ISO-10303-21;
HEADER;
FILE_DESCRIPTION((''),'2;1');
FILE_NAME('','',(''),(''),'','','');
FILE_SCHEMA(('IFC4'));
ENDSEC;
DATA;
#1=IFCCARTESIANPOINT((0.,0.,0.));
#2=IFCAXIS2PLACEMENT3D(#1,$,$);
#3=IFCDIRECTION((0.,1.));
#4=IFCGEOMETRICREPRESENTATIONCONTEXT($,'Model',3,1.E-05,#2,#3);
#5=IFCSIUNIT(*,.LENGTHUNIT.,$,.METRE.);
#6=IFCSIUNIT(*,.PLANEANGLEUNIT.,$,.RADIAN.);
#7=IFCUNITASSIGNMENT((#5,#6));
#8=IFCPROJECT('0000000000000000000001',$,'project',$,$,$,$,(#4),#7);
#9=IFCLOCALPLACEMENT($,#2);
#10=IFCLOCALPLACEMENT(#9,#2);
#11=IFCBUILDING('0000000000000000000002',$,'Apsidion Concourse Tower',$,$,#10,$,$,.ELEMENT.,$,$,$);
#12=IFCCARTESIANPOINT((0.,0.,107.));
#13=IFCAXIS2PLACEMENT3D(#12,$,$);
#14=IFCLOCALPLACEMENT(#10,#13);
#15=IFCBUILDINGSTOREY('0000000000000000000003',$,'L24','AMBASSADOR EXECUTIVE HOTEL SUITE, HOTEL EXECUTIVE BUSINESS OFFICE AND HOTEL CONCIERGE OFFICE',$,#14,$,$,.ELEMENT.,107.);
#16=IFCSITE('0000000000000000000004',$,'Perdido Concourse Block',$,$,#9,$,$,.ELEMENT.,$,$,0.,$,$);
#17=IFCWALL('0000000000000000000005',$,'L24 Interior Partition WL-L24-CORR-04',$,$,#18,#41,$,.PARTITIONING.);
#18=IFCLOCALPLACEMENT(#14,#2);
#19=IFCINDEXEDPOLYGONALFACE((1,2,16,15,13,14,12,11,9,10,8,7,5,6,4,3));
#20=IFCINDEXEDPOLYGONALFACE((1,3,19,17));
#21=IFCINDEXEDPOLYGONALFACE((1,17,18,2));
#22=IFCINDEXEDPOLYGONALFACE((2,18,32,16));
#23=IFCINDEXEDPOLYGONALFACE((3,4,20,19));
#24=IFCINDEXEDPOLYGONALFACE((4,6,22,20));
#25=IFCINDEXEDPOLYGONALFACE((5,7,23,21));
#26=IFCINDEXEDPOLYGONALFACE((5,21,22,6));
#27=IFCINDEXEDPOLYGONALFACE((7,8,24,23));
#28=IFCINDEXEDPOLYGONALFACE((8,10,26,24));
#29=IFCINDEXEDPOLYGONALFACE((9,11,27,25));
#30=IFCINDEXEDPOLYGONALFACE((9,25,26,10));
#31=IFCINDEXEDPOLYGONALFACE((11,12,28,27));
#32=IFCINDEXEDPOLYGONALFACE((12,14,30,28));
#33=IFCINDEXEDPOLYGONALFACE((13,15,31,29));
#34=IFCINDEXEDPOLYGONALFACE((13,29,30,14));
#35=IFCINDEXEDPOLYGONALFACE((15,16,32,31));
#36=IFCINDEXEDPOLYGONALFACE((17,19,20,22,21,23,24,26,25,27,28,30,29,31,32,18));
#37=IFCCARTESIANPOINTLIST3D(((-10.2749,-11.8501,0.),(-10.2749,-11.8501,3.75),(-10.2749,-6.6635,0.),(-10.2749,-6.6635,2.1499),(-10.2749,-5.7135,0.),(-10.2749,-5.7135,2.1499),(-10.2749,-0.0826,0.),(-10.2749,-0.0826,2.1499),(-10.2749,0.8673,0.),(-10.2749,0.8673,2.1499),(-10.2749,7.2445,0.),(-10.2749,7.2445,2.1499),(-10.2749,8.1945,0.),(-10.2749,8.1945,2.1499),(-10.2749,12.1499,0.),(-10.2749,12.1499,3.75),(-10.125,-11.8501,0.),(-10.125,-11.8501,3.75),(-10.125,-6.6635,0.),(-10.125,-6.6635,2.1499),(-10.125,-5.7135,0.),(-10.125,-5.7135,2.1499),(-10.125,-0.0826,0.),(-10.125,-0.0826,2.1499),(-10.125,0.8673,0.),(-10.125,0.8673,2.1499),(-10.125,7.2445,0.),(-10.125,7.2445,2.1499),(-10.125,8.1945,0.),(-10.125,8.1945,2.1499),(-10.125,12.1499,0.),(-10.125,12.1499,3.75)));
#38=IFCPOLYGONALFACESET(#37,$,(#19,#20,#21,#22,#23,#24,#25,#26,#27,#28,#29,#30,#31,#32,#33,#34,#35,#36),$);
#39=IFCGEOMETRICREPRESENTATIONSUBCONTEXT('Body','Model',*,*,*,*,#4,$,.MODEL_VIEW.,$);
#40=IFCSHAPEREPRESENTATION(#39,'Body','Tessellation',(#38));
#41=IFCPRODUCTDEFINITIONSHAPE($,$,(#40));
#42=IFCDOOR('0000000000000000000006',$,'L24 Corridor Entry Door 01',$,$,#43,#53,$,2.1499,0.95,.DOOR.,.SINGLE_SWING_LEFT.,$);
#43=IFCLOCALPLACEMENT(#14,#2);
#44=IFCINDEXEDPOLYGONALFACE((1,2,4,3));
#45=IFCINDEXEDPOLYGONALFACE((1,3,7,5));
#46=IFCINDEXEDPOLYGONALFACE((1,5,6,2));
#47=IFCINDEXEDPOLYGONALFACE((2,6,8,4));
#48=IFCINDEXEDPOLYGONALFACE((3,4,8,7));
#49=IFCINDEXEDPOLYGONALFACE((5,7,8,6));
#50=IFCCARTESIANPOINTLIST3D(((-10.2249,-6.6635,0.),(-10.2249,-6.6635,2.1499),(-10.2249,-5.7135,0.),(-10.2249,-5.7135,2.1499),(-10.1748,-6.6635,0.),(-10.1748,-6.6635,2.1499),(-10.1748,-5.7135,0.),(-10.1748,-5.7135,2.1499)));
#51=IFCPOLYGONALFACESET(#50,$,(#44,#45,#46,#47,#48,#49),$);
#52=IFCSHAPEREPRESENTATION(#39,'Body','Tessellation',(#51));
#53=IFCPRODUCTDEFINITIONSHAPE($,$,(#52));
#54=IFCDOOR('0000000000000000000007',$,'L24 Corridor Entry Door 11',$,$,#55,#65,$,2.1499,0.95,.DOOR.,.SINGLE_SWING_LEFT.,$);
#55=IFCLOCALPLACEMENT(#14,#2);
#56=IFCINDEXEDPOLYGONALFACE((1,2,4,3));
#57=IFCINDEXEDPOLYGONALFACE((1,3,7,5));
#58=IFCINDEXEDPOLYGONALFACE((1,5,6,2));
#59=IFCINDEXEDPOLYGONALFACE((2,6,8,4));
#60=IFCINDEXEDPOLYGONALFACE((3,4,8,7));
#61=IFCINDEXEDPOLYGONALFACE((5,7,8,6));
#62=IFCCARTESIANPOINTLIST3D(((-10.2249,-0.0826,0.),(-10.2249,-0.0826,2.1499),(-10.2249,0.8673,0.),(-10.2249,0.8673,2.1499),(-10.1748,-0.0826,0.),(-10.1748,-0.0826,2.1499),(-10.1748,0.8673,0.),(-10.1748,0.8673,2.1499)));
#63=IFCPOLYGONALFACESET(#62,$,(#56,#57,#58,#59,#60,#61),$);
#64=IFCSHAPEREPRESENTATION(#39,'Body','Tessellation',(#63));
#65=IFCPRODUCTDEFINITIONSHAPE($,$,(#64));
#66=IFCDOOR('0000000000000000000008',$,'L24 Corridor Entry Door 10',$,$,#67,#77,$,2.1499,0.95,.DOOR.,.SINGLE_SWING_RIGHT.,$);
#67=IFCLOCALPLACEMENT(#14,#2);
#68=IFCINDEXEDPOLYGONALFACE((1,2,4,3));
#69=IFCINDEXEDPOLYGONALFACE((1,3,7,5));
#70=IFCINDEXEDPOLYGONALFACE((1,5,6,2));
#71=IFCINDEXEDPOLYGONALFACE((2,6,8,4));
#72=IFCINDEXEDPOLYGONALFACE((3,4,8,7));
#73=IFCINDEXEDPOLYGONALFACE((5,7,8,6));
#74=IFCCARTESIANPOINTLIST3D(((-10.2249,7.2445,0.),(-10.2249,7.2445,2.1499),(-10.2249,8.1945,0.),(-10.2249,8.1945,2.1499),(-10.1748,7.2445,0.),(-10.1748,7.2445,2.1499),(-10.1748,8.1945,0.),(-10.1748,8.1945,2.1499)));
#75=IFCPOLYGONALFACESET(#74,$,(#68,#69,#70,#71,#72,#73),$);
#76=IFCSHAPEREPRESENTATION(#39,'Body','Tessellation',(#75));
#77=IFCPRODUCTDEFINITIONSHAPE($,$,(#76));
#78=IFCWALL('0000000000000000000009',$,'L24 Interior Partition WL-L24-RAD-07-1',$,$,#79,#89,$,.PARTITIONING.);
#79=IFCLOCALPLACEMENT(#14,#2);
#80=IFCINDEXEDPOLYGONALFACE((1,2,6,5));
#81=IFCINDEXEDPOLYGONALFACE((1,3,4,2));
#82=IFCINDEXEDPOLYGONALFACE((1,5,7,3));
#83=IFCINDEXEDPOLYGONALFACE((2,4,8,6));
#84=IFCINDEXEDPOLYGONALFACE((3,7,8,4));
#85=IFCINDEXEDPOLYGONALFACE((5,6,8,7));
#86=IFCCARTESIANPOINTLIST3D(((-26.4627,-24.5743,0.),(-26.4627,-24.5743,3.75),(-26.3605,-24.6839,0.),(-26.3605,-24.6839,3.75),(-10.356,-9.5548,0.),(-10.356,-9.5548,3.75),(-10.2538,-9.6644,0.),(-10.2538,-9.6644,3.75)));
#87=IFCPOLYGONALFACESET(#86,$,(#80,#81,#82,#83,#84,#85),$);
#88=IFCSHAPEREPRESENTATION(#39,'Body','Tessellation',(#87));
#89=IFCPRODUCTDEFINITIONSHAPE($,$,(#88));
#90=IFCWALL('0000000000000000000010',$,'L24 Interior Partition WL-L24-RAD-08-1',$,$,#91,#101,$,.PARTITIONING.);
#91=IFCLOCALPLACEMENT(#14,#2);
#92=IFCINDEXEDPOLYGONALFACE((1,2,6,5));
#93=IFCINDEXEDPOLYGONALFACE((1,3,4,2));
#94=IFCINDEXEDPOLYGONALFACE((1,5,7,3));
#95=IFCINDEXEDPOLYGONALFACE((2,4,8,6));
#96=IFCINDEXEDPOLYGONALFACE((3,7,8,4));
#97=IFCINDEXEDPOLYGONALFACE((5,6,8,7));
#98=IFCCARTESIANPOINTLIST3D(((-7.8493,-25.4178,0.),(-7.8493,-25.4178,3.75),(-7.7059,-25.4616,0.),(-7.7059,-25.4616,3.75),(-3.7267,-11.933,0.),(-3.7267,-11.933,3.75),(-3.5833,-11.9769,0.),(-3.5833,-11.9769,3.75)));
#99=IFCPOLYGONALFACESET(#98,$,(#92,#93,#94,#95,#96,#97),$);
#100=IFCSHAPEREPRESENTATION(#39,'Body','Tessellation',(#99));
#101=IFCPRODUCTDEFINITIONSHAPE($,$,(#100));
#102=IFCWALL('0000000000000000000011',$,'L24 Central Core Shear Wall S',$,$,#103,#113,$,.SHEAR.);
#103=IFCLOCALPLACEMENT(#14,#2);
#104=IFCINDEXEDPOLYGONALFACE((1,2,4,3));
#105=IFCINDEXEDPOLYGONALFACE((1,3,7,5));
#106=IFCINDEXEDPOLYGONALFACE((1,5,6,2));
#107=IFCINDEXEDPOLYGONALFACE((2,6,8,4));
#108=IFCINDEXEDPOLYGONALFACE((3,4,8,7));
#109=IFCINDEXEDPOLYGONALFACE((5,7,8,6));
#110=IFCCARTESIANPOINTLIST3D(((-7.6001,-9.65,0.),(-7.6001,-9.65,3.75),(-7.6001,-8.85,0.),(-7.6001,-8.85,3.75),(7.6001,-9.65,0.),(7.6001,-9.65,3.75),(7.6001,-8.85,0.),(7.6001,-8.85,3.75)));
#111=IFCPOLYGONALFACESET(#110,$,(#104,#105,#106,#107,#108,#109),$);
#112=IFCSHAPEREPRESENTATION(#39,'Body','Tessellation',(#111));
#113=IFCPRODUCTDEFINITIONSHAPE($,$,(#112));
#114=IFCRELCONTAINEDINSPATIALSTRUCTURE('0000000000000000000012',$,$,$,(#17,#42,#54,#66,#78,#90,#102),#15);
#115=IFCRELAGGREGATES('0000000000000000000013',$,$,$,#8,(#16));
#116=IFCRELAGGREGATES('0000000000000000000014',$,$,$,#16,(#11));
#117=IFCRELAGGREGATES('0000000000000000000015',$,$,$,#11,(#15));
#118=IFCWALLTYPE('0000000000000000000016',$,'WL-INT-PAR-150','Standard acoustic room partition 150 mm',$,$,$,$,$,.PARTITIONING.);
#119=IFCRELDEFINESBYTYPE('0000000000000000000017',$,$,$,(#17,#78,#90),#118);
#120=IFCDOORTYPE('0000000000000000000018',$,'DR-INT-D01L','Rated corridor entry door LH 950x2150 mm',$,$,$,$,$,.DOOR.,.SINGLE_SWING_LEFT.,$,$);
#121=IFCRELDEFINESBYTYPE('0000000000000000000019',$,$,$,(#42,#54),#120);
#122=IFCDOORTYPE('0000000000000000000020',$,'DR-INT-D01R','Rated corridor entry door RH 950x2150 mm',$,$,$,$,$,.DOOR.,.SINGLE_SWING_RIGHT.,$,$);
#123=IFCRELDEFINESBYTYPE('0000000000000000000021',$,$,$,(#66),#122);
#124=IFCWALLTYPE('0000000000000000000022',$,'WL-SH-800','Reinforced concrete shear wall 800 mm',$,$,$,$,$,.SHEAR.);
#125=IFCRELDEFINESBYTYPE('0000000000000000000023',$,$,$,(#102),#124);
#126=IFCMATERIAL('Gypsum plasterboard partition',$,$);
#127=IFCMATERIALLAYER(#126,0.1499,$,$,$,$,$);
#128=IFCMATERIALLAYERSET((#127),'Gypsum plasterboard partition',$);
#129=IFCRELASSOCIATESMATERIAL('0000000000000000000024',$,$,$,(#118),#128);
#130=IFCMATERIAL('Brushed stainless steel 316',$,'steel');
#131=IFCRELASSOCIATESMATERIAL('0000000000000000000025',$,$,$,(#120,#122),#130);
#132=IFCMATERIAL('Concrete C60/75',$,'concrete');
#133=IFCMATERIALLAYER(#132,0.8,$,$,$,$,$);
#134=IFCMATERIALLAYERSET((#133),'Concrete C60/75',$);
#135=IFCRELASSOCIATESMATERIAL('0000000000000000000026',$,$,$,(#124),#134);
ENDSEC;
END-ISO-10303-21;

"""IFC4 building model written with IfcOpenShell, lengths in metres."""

from ifc_helpers import new_model, si_unit, direction, frame, frame_2d, origin, place, context, subcontext, project, spatial, rectangle, extrude, material, layer, layer_set, type_object, element, fill, save


model = new_model("IFC4")

# Units and contexts
model_context = context("Model", 3, precision=1e-05, world=origin(), true_north=direction((0.0, 1.0)))
body_context = subcontext(model_context, "Body", "Model", "MODEL_VIEW")
ifc_project = project(units=[si_unit("LENGTHUNIT", "METRE"), si_unit("PLANEANGLEUNIT", "RADIAN")], contexts=[model_context])

# Site, building, storey
site_placement = place(None, origin())
site = spatial("IfcSite", under=ifc_project, at=site_placement, Name="Perdido Concourse Block", CompositionType="ELEMENT", RefElevation=0.0)
building_placement = place(site_placement, origin())
building = spatial("IfcBuilding", under=site, at=building_placement, Name="Apsidion Concourse Tower", CompositionType="ELEMENT")
storey_placement = place(building_placement, frame((0.0, 0.0, 107.0)))
storey = spatial("IfcBuildingStorey", under=building, at=storey_placement, Name="L24", Description="AMBASSADOR EXECUTIVE HOTEL SUITE, HOTEL EXECUTIVE BUSINESS OFFICE AND HOTEL CONCIERGE OFFICE", CompositionType="ELEMENT", Elevation=107.0)

# Shared definitions
ifc_material_1 = material(Name="Concrete C60/75", Category="concrete")

# Shared definitions
ifc_material_2 = material(Name="Gypsum plasterboard partition")

# Shared definitions
ifc_layer_1 = layer(ifc_material_2, 0.1499)
ifc_layer_set_1 = layer_set([ifc_layer_1], Name="Gypsum plasterboard partition")
wall_type_1 = type_object("IfcWallType", Name="WL-INT-PAR-150", Description="Standard acoustic room partition 150 mm", PredefinedType="PARTITIONING", material=ifc_layer_set_1)

# Wall, openings, doors
wall_1_placement = place(storey_placement, frame((-10.2, -11.8501, 0.0), z_axis=(0.0, 0.0, 1.0), x_axis=(0.0, 1.0, 0.0)))
wall_1 = element("IfcWall", 1, at=wall_1_placement, inside=storey, type_object=wall_type_1, Name="L24 Interior Partition WL-L24-CORR-04", PredefinedType="PARTITIONING", context=body_context, shape_type="SweptSolid", body=[
    extrude(rectangle(XDim=24.0, YDim=0.1499, at=frame_2d((12.0, 0.0))), origin(), (0.0, 0.0, 1.0), 3.75),
])
opening_1_placement = place(wall_1_placement, frame((5.1865, 0.0, 0.0)))
opening_1 = element("IfcOpeningElement", 2, at=opening_1_placement, cuts=wall_1, PredefinedType="OPENING", context=body_context, shape_type="SweptSolid", body=[
    extrude(rectangle(XDim=0.95, YDim=2.1499, at=frame_2d((0.4751, 1.075))), frame((0.0, 0.085, 0.0), z_axis=(0.0, -1.0, 0.0), x_axis=(1.0, 0.0, 0.0)), (0.0, 0.0, 1.0), 0.1699),
])
opening_2_placement = place(wall_1_placement, frame((19.0945, 0.0, 0.0)))
opening_2 = element("IfcOpeningElement", 3, at=opening_2_placement, cuts=wall_1, PredefinedType="OPENING", context=body_context, shape_type="SweptSolid", body=[
    extrude(rectangle(XDim=0.95, YDim=2.1499, at=frame_2d((0.4751, 1.075))), frame((0.0, 0.085, 0.0), z_axis=(0.0, -1.0, 0.0), x_axis=(1.0, 0.0, 0.0)), (0.0, 0.0, 1.0), 0.1699),
])
opening_3_placement = place(wall_1_placement, frame((11.7673, 0.0, 0.0)))
opening_3 = element("IfcOpeningElement", 4, at=opening_3_placement, cuts=wall_1, PredefinedType="OPENING", context=body_context, shape_type="SweptSolid", body=[
    extrude(rectangle(XDim=0.95, YDim=2.1499, at=frame_2d((0.4751, 1.075))), frame((0.0, 0.085, 0.0), z_axis=(0.0, -1.0, 0.0), x_axis=(1.0, 0.0, 0.0)), (0.0, 0.0, 1.0), 0.1699),
])
ifc_material_3 = material(Name="Brushed stainless steel 316", Category="steel")
door_type_1 = type_object("IfcDoorType", Name="DR-INT-D01L", Description="Rated corridor entry door LH 950x2150 mm", OperationType="SINGLE_SWING_LEFT", PredefinedType="DOOR", material=ifc_material_3)
door_1_placement = place(opening_1_placement, origin())
door_1 = element("IfcDoor", 5, at=door_1_placement, inside=storey, type_object=door_type_1, Name="L24 Corridor Entry Door 01", OperationType="SINGLE_SWING_LEFT", OverallHeight=2.1499, OverallWidth=0.95, PredefinedType="DOOR", context=body_context, shape_type="SweptSolid", body=[
    extrude(rectangle(XDim=0.95, YDim=2.1499, at=frame_2d((0.4751, 1.075))), frame((0.0, 0.0249, 0.0), z_axis=(0.0, -1.0, 0.0), x_axis=(1.0, 0.0, 0.0)), (0.0, 0.0, 1.0), 0.05),
])
fill(opening_1, door_1)
door_2_placement = place(opening_3_placement, origin())
door_2 = element("IfcDoor", 6, at=door_2_placement, inside=storey, type_object=door_type_1, Name="L24 Corridor Entry Door 11", OperationType="SINGLE_SWING_LEFT", OverallHeight=2.1499, OverallWidth=0.95, PredefinedType="DOOR", context=body_context, shape_type="SweptSolid", body=[
    extrude(rectangle(XDim=0.95, YDim=2.1499, at=frame_2d((0.4751, 1.075))), frame((0.0, 0.0249, 0.0), z_axis=(0.0, -1.0, 0.0), x_axis=(1.0, 0.0, 0.0)), (0.0, 0.0, 1.0), 0.05),
])
fill(opening_3, door_2)
door_type_2 = type_object("IfcDoorType", Name="DR-INT-D01R", Description="Rated corridor entry door RH 950x2150 mm", OperationType="SINGLE_SWING_RIGHT", PredefinedType="DOOR", material=ifc_material_3)
door_3_placement = place(opening_2_placement, origin())
door_3 = element("IfcDoor", 7, at=door_3_placement, inside=storey, type_object=door_type_2, Name="L24 Corridor Entry Door 10", OperationType="SINGLE_SWING_RIGHT", OverallHeight=2.1499, OverallWidth=0.95, PredefinedType="DOOR", context=body_context, shape_type="SweptSolid", body=[
    extrude(rectangle(XDim=0.95, YDim=2.1499, at=frame_2d((0.4751, 1.075))), frame((0.0, 0.0249, 0.0), z_axis=(0.0, -1.0, 0.0), x_axis=(1.0, 0.0, 0.0)), (0.0, 0.0, 1.0), 0.05),
])
fill(opening_2, door_3)

# Walls
wall_2_placement = place(storey_placement, frame((-10.3049, -9.6096, 0.0), z_axis=(0.0, 0.0, 1.0), x_axis=(-0.731358, -0.681994, 0.0)))
element("IfcWall", 8, at=wall_2_placement, inside=storey, type_object=wall_type_1, Name="L24 Interior Partition WL-L24-RAD-07-1", PredefinedType="PARTITIONING", context=body_context, shape_type="SweptSolid", body=[
    extrude(rectangle(XDim=22.0229, YDim=0.1499, at=frame_2d((11.0115, 0.0))), origin(), (0.0, 0.0, 1.0), 3.75),
])
wall_3_placement = place(storey_placement, frame((-3.655, -11.9551, 0.0), z_axis=(0.0, 0.0, 1.0), x_axis=(-0.292365, -0.956307, 0.0)))
element("IfcWall", 9, at=wall_3_placement, inside=storey, type_object=wall_type_1, Name="L24 Interior Partition WL-L24-RAD-08-1", PredefinedType="PARTITIONING", context=body_context, shape_type="SweptSolid", body=[
    extrude(rectangle(XDim=14.1008, YDim=0.1499, at=frame_2d((7.0503, 0.0))), origin(), (0.0, 0.0, 1.0), 3.75),
])

# Shared definitions
ifc_layer_2 = layer(ifc_material_1, 0.8)
ifc_layer_set_2 = layer_set([ifc_layer_2], Name="Concrete C60/75")
wall_type_2 = type_object("IfcWallType", Name="WL-SH-800", Description="Reinforced concrete shear wall 800 mm", PredefinedType="SHEAR", material=ifc_layer_set_2)

# Wall
wall_4_placement = place(storey_placement, frame((-7.6001, -9.25, 0.0), z_axis=(0.0, 0.0, 1.0), x_axis=(1.0, 0.0, 0.0)))
element("IfcWall", 10, at=wall_4_placement, inside=storey, type_object=wall_type_2, Name="L24 Central Core Shear Wall S", PredefinedType="SHEAR", context=body_context, shape_type="SweptSolid", body=[
    extrude(rectangle(XDim=15.2002, YDim=0.8, at=frame_2d((7.6001, 0.0))), origin(), (0.0, 0.0, 1.0), 3.75),
])

save(model, "model.ifc")
